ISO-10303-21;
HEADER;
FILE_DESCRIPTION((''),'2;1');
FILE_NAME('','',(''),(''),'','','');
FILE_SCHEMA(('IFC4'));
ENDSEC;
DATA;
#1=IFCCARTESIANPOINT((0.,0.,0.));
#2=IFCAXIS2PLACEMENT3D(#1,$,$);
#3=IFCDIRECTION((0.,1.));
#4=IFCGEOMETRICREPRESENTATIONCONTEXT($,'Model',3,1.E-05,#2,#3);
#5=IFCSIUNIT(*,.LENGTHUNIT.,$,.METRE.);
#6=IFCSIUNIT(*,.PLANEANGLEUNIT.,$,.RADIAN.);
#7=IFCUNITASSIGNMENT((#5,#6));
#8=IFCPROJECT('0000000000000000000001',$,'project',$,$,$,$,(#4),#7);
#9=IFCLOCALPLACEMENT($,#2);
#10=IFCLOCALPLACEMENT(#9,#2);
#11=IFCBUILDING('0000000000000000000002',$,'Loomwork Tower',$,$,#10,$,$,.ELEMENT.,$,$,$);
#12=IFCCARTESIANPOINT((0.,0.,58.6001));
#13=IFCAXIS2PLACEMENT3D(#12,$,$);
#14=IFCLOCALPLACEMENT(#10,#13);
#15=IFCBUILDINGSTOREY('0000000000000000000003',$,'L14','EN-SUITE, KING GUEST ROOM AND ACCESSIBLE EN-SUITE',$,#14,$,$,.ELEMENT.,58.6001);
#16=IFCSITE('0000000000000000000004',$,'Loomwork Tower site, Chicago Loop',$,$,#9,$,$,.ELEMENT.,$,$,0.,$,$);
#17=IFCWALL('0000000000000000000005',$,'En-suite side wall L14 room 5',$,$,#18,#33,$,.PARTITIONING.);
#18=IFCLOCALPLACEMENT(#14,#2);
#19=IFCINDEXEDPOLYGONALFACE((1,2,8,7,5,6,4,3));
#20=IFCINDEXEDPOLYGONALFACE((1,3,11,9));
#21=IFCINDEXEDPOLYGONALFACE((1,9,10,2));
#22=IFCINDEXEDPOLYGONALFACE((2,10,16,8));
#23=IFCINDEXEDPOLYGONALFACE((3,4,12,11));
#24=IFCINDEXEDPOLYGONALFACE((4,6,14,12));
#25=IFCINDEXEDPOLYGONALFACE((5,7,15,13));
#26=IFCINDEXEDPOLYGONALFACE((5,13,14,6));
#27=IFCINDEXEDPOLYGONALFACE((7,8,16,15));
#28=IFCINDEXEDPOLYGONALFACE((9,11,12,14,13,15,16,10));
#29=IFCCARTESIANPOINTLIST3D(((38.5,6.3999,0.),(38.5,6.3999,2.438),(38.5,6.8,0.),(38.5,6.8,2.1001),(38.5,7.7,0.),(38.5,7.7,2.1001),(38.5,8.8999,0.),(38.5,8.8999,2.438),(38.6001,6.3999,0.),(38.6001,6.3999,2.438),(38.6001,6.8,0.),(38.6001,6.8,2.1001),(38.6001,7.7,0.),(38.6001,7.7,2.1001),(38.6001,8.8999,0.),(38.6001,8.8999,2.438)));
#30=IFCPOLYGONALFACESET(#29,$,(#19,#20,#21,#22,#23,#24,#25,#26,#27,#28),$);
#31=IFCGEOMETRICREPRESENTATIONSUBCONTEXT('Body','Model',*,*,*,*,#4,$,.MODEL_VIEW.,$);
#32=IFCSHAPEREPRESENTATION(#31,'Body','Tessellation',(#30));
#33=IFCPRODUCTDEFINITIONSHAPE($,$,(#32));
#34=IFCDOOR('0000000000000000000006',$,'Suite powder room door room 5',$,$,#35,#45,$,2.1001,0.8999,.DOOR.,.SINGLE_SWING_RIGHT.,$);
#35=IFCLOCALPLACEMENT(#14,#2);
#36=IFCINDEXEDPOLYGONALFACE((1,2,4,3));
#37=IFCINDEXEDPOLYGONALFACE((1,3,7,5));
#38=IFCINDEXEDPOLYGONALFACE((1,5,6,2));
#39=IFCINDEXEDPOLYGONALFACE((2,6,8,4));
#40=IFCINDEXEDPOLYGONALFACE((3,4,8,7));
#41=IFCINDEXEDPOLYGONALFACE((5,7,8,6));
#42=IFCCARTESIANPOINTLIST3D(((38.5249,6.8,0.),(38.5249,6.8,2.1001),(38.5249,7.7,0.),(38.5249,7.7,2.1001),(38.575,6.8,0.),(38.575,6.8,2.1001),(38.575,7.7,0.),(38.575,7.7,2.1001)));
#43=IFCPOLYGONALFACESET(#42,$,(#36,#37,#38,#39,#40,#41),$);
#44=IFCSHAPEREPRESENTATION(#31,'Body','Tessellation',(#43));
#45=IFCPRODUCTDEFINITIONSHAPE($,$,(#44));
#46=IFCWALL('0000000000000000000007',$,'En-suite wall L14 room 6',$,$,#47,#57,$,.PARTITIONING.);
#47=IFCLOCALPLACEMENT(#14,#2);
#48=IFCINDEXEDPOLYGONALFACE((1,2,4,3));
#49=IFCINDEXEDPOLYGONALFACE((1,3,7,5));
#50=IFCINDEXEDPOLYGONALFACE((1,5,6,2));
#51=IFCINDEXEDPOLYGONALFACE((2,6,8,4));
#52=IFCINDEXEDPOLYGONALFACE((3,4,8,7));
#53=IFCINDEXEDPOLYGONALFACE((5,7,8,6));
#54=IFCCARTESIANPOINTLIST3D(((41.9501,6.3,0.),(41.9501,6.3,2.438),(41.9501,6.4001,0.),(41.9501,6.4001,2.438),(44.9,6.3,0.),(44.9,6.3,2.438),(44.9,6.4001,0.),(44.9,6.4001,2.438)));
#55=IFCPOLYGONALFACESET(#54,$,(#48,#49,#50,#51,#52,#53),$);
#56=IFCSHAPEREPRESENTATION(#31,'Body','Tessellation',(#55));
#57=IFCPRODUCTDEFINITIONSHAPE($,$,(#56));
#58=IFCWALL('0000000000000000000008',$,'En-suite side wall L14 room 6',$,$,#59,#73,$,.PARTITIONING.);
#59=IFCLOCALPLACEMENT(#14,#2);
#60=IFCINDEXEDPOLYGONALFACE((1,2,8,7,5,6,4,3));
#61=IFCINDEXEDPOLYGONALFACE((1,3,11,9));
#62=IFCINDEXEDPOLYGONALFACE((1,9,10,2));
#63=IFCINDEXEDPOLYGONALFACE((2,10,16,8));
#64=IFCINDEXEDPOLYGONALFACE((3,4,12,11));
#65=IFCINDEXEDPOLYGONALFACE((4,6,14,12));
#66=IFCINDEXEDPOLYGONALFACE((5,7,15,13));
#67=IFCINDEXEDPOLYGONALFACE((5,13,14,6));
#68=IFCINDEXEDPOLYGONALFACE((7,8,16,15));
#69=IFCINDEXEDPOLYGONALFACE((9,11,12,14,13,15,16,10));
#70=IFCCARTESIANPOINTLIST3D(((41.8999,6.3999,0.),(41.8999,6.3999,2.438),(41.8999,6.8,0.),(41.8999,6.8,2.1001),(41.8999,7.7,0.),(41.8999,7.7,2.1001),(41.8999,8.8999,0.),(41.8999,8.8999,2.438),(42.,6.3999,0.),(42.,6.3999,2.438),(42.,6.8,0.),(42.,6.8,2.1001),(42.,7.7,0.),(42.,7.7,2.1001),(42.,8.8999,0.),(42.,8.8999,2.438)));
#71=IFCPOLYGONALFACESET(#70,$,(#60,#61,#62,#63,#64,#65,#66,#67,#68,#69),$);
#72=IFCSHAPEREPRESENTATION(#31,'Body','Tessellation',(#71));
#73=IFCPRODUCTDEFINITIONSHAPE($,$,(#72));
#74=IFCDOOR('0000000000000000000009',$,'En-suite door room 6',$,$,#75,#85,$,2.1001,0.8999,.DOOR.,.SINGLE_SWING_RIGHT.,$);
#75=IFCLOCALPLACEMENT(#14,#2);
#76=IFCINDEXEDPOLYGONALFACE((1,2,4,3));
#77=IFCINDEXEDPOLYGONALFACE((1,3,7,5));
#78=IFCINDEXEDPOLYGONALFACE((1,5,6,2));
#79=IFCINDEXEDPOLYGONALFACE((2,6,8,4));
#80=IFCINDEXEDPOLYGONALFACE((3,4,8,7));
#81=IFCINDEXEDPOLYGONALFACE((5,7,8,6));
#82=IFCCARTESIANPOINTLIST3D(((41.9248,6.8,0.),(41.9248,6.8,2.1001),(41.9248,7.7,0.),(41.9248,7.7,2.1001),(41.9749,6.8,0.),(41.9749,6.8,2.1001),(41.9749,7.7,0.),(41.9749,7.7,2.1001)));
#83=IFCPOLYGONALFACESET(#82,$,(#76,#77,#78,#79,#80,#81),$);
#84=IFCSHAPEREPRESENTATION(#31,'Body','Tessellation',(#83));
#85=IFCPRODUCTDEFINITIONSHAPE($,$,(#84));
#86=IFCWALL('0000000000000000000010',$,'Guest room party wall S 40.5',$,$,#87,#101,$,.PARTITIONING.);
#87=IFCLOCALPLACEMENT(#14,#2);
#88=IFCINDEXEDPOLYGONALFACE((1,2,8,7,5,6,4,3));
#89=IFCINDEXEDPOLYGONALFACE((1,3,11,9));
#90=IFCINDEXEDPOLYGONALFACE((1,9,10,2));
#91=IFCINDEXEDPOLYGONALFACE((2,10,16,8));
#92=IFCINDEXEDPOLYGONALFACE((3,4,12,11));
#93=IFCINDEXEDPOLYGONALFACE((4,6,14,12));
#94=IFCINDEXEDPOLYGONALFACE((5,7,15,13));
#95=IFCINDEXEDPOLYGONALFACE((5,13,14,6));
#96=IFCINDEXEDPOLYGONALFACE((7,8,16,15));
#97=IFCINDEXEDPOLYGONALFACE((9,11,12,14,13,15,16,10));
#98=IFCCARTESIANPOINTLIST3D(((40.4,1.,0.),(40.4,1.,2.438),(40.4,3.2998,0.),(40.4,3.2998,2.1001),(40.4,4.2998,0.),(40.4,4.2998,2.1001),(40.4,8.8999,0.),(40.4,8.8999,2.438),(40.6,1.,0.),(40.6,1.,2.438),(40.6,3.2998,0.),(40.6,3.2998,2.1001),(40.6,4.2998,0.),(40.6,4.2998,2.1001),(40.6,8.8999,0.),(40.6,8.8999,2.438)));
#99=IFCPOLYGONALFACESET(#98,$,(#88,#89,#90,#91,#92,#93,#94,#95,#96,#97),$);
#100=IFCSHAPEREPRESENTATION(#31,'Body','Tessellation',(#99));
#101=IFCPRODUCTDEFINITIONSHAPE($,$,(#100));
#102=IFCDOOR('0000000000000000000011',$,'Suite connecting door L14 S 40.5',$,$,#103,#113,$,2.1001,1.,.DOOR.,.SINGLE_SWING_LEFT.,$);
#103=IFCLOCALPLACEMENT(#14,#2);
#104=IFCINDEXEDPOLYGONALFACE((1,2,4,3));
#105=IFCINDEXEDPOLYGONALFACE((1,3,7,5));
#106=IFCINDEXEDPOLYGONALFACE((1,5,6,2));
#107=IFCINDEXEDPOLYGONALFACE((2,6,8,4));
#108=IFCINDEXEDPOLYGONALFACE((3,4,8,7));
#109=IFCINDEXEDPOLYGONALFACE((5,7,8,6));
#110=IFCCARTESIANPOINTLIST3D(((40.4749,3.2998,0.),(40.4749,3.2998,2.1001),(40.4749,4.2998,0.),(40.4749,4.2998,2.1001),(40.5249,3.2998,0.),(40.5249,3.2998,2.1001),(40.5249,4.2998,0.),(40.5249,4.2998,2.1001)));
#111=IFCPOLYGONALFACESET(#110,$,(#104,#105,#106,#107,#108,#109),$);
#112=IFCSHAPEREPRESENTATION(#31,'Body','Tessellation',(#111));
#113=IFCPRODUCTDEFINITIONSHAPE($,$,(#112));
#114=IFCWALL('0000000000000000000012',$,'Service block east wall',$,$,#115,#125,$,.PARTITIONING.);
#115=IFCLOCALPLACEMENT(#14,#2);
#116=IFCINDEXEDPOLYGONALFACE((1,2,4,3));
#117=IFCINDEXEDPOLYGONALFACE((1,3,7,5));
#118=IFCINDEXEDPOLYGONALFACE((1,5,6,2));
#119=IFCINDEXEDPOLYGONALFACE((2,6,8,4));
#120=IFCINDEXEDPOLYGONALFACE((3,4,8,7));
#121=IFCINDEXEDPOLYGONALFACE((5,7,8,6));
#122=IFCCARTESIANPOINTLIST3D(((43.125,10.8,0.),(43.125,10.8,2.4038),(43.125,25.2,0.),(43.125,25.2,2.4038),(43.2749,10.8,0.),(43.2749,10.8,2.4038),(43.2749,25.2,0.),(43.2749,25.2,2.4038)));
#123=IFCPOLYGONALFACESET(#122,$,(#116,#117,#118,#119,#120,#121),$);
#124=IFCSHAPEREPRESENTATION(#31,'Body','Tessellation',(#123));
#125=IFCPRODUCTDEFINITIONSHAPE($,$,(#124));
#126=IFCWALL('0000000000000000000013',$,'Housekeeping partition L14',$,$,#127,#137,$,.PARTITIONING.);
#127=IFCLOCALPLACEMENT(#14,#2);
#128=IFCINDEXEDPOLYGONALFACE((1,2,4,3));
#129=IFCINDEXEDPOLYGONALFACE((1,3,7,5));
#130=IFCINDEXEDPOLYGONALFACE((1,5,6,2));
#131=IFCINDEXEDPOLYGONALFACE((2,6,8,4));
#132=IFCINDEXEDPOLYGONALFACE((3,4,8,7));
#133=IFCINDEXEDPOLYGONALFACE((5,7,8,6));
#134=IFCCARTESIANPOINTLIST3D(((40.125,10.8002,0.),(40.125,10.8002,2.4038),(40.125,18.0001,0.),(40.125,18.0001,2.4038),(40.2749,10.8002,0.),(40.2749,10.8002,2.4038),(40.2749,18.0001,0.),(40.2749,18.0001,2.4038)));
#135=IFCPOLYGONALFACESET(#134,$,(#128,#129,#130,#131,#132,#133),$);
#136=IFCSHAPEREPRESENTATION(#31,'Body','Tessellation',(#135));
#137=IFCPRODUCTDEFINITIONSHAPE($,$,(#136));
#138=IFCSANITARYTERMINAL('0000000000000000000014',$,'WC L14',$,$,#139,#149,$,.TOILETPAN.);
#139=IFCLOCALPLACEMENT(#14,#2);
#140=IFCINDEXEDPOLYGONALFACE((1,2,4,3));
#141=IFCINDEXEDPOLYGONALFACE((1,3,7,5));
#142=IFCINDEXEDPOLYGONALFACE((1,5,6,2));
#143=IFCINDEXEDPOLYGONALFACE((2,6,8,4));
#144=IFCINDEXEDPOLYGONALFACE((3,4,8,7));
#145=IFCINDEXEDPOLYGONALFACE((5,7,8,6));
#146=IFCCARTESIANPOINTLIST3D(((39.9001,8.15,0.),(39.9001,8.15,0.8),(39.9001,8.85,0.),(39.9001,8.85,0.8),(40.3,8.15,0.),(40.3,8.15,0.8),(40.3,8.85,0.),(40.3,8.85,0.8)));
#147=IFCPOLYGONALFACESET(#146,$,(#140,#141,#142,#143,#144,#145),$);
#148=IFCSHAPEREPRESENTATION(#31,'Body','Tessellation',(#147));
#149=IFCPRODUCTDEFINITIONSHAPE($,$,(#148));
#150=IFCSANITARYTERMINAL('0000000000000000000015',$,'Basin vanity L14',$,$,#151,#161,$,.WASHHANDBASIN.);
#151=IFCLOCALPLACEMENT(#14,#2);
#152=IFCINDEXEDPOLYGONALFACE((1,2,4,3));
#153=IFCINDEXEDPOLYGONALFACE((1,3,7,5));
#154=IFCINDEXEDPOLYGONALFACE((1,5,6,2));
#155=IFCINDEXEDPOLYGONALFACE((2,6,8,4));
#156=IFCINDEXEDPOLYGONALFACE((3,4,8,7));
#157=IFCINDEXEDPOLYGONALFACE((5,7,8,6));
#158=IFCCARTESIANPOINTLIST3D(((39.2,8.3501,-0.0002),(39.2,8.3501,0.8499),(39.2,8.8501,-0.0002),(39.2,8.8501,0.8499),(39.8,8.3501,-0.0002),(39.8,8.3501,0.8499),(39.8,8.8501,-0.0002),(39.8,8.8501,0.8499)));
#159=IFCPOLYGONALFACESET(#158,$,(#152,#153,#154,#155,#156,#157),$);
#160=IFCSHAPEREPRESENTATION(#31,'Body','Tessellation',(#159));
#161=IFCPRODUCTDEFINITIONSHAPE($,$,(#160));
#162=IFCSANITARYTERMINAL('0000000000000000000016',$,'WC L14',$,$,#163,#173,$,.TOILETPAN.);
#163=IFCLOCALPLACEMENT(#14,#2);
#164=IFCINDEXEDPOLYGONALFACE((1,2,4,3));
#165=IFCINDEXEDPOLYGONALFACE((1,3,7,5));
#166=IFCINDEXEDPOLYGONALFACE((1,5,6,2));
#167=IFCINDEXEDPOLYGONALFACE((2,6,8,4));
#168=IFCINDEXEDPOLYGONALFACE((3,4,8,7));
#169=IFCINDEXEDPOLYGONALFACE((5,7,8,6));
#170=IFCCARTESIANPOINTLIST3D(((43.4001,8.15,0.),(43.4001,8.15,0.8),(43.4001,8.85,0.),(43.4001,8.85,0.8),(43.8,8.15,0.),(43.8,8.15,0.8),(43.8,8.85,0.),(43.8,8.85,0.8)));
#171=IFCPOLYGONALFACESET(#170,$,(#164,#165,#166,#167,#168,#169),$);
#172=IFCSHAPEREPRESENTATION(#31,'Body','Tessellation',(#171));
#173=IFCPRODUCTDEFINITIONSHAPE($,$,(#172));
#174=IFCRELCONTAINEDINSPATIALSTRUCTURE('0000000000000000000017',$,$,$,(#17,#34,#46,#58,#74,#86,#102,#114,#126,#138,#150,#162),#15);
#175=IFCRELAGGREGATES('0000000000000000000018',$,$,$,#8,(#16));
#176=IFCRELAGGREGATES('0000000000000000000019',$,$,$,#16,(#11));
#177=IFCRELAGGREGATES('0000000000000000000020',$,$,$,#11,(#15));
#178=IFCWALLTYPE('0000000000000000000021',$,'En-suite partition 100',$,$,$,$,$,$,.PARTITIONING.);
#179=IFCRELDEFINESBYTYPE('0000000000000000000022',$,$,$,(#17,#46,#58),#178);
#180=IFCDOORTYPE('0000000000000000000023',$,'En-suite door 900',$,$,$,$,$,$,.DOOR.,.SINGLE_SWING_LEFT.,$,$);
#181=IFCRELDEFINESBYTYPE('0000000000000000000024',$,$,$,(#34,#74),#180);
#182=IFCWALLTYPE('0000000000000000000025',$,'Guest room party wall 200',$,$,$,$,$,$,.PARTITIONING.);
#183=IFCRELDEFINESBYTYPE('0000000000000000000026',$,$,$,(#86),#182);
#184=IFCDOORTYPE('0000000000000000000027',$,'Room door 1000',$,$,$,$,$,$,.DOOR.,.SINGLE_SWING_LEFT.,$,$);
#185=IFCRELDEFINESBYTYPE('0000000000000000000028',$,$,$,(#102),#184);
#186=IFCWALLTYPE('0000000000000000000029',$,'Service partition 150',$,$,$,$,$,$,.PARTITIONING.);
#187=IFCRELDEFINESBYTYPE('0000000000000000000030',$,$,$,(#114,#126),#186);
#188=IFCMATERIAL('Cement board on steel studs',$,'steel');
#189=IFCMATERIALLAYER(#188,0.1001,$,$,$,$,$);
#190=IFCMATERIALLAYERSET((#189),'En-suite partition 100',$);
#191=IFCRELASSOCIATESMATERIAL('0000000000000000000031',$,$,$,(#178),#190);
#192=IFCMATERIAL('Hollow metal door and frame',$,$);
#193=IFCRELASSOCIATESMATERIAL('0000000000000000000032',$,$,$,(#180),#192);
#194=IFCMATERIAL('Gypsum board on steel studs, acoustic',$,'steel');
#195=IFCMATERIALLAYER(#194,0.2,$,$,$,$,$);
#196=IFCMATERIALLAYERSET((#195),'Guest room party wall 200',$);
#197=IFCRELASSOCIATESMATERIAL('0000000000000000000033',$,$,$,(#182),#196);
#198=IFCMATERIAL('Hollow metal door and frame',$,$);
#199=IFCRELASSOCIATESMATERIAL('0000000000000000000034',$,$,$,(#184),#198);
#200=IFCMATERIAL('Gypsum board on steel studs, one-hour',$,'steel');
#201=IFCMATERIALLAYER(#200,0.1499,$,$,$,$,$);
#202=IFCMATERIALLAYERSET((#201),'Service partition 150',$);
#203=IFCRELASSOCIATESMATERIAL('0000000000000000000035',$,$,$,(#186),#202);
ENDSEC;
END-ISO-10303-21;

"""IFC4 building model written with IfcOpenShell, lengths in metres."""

from ifc_helpers import new_model, si_unit, direction, frame, frame_2d, origin, origin_2d, place, context, subcontext, project, spatial, rectangle, extrude, material, layer, layer_set, type_object, element, fill, save


model = new_model("IFC4")

# Units and contexts
model_context = context("Model", 3, precision=1e-05, world=origin(), true_north=direction((0.0, 1.0)))
body_context = subcontext(model_context, "Body", "Model", "MODEL_VIEW")
ifc_project = project(units=[si_unit("LENGTHUNIT", "METRE"), si_unit("PLANEANGLEUNIT", "RADIAN")], contexts=[model_context])

# Site, building, storey
site_placement = place(None, origin())
site = spatial("IfcSite", under=ifc_project, at=site_placement, Name="Loomwork Tower site, Chicago Loop", CompositionType="ELEMENT", RefElevation=0.0)
building_placement = place(site_placement, origin())
building = spatial("IfcBuilding", under=site, at=building_placement, Name="Loomwork Tower", CompositionType="ELEMENT")
storey_placement = place(building_placement, frame((0.0, 0.0, 58.6001)))
storey = spatial("IfcBuildingStorey", under=building, at=storey_placement, Name="L14", Description="EN-SUITE, KING GUEST ROOM AND ACCESSIBLE EN-SUITE", CompositionType="ELEMENT", Elevation=58.6001)

# Shared definitions
ifc_material_1 = material(Name="Cement board on steel studs", Category="steel")
ifc_layer_1 = layer(ifc_material_1, 0.1001)
ifc_layer_set_1 = layer_set([ifc_layer_1], Name="En-suite partition 100")
wall_type_1 = type_object("IfcWallType", Name="En-suite partition 100", PredefinedType="PARTITIONING", material=ifc_layer_set_1)

# Wall, opening, door
wall_1_placement = place(storey_placement, frame((38.55, 8.8999, 0.0), z_axis=(0.0, 0.0, 1.0), x_axis=(0.0, -1.0, 0.0)))
wall_1 = element("IfcWall", 1, at=wall_1_placement, inside=storey, type_object=wall_type_1, Name="En-suite side wall L14 room 5", PredefinedType="PARTITIONING", context=body_context, shape_type="SweptSolid", body=[
    extrude(rectangle(XDim=2.5, YDim=0.1001, at=frame_2d((1.25, 0.0))), origin(), (0.0, 0.0, 1.0), 2.438),
])
opening_1_placement = place(wall_1_placement, frame((1.2, 0.0, 0.0)))
opening_1 = element("IfcOpeningElement", 2, at=opening_1_placement, cuts=wall_1, PredefinedType="OPENING", context=body_context, shape_type="SweptSolid", body=[
    extrude(rectangle(XDim=0.8999, YDim=2.1001, at=frame_2d((0.45, 1.05))), frame((0.0, 0.0601, 0.0), z_axis=(0.0, -1.0, 0.0), x_axis=(1.0, 0.0, 0.0)), (0.0, 0.0, 1.0), 0.1201),
])
ifc_material_2 = material(Name="Hollow metal door and frame")
door_type_1 = type_object("IfcDoorType", Name="En-suite door 900", OperationType="SINGLE_SWING_LEFT", PredefinedType="DOOR", material=ifc_material_2)
door_1_placement = place(opening_1_placement, origin())
door_1 = element("IfcDoor", 3, at=door_1_placement, inside=storey, type_object=door_type_1, Name="Suite powder room door room 5", OperationType="SINGLE_SWING_RIGHT", OverallHeight=2.1001, OverallWidth=0.8999, PredefinedType="DOOR", context=body_context, shape_type="SweptSolid", body=[
    extrude(rectangle(XDim=0.8999, YDim=2.1001, at=frame_2d((0.45, 1.05))), frame((0.0, 0.0249, 0.0), z_axis=(0.0, -1.0, 0.0), x_axis=(1.0, 0.0, 0.0)), (0.0, 0.0, 1.0), 0.05),
])
fill(opening_1, door_1)

# Wall
wall_2_placement = place(storey_placement, frame((41.95, 6.3501, 0.0), z_axis=(0.0, 0.0, 1.0), x_axis=(1.0, 0.0, 0.0)))
element("IfcWall", 4, at=wall_2_placement, inside=storey, type_object=wall_type_1, Name="En-suite wall L14 room 6", PredefinedType="PARTITIONING", context=body_context, shape_type="SweptSolid", body=[
    extrude(rectangle(XDim=2.95, YDim=0.1001, at=frame_2d((1.4751, 0.0))), origin(), (0.0, 0.0, 1.0), 2.438),
])

# Walls, openings, doors
wall_3_placement = place(storey_placement, frame((41.95, 8.8999, 0.0), z_axis=(0.0, 0.0, 1.0), x_axis=(0.0, -1.0, 0.0)))
wall_3 = element("IfcWall", 5, at=wall_3_placement, inside=storey, type_object=wall_type_1, Name="En-suite side wall L14 room 6", PredefinedType="PARTITIONING", context=body_context, shape_type="SweptSolid", body=[
    extrude(rectangle(XDim=2.5, YDim=0.1001, at=frame_2d((1.25, 0.0))), origin(), (0.0, 0.0, 1.0), 2.438),
])
opening_2_placement = place(wall_3_placement, frame((1.2, 0.0, 0.0)))
opening_2 = element("IfcOpeningElement", 6, at=opening_2_placement, cuts=wall_3, PredefinedType="OPENING", context=body_context, shape_type="SweptSolid", body=[
    extrude(rectangle(XDim=0.8999, YDim=2.1001, at=frame_2d((0.45, 1.05))), frame((0.0, 0.0601, 0.0), z_axis=(0.0, -1.0, 0.0), x_axis=(1.0, 0.0, 0.0)), (0.0, 0.0, 1.0), 0.1201),
])
door_2_placement = place(opening_2_placement, origin())
door_2 = element("IfcDoor", 7, at=door_2_placement, inside=storey, type_object=door_type_1, Name="En-suite door room 6", OperationType="SINGLE_SWING_RIGHT", OverallHeight=2.1001, OverallWidth=0.8999, PredefinedType="DOOR", context=body_context, shape_type="SweptSolid", body=[
    extrude(rectangle(XDim=0.8999, YDim=2.1001, at=frame_2d((0.45, 1.05))), frame((0.0, 0.0249, 0.0), z_axis=(0.0, -1.0, 0.0), x_axis=(1.0, 0.0, 0.0)), (0.0, 0.0, 1.0), 0.05),
])
fill(opening_2, door_2)
ifc_material_3 = material(Name="Gypsum board on steel studs, acoustic", Category="steel")
ifc_layer_2 = layer(ifc_material_3, 0.2)
ifc_layer_set_2 = layer_set([ifc_layer_2], Name="Guest room party wall 200")
wall_type_2 = type_object("IfcWallType", Name="Guest room party wall 200", PredefinedType="PARTITIONING", material=ifc_layer_set_2)
wall_4_placement = place(storey_placement, frame((40.5, 8.8999, 0.0), z_axis=(0.0, 0.0, 1.0), x_axis=(0.0, -1.0, 0.0)))
wall_4 = element("IfcWall", 8, at=wall_4_placement, inside=storey, type_object=wall_type_2, Name="Guest room party wall S 40.5", PredefinedType="PARTITIONING", context=body_context, shape_type="SweptSolid", body=[
    extrude(rectangle(XDim=7.8999, YDim=0.2, at=frame_2d((3.95, 0.0))), origin(), (0.0, 0.0, 1.0), 2.438),
])
opening_3_placement = place(wall_4_placement, frame((4.6001, 0.0, 0.0)))
opening_3 = element("IfcOpeningElement", 9, at=opening_3_placement, cuts=wall_4, PredefinedType="OPENING", context=body_context, shape_type="SweptSolid", body=[
    extrude(rectangle(XDim=1.0, YDim=2.1001, at=frame_2d((0.5, 1.05))), frame((0.0, 0.1099, 0.0), z_axis=(0.0, -1.0, 0.0), x_axis=(1.0, 0.0, 0.0)), (0.0, 0.0, 1.0), 0.22),
])
ifc_material_4 = material(Name="Hollow metal door and frame")
door_type_2 = type_object("IfcDoorType", Name="Room door 1000", OperationType="SINGLE_SWING_LEFT", PredefinedType="DOOR", material=ifc_material_4)
door_3_placement = place(opening_3_placement, origin())
door_3 = element("IfcDoor", 10, at=door_3_placement, inside=storey, type_object=door_type_2, Name="Suite connecting door L14 S 40.5", OperationType="SINGLE_SWING_LEFT", OverallHeight=2.1001, OverallWidth=1.0, PredefinedType="DOOR", context=body_context, shape_type="SweptSolid", body=[
    extrude(rectangle(XDim=1.0, YDim=2.1001, at=frame_2d((0.5, 1.05))), frame((0.0, 0.0249, 0.0), z_axis=(0.0, -1.0, 0.0), x_axis=(1.0, 0.0, 0.0)), (0.0, 0.0, 1.0), 0.05),
])
fill(opening_3, door_3)

# Walls
ifc_material_5 = material(Name="Gypsum board on steel studs, one-hour", Category="steel")
ifc_layer_3 = layer(ifc_material_5, 0.1499)
ifc_layer_set_3 = layer_set([ifc_layer_3], Name="Service partition 150")
wall_type_3 = type_object("IfcWallType", Name="Service partition 150", PredefinedType="PARTITIONING", material=ifc_layer_set_3)
wall_5_placement = place(storey_placement, frame((43.2, 10.8, 0.0), z_axis=(0.0, 0.0, 1.0), x_axis=(0.0, 1.0, 0.0)))
element("IfcWall", 11, at=wall_5_placement, inside=storey, type_object=wall_type_3, Name="Service block east wall", PredefinedType="PARTITIONING", context=body_context, shape_type="SweptSolid", body=[
    extrude(rectangle(XDim=14.3999, YDim=0.1499, at=frame_2d((7.2, 0.0))), origin(), (0.0, 0.0, 1.0), 2.4038),
])
wall_6_placement = place(storey_placement, frame((40.2, 10.8, 0.0), z_axis=(0.0, 0.0, 1.0), x_axis=(0.0, 1.0, 0.0)))
element("IfcWall", 12, at=wall_6_placement, inside=storey, type_object=wall_type_3, Name="Housekeeping partition L14", PredefinedType="PARTITIONING", context=body_context, shape_type="SweptSolid", body=[
    extrude(rectangle(XDim=7.2, YDim=0.1499, at=frame_2d((3.6001, 0.0))), origin(), (0.0, 0.0, 1.0), 2.4038),
])

# Sanitary terminals
sanitary_terminal_1_placement = place(storey_placement, frame((40.1001, 8.5, 0.0), z_axis=(0.0, 0.0, 1.0), x_axis=(1.0, 0.0, 0.0)))
element("IfcSanitaryTerminal", 13, at=sanitary_terminal_1_placement, inside=storey, Name="WC L14", PredefinedType="TOILETPAN", context=body_context, shape_type="SweptSolid", body=[
    extrude(rectangle(XDim=0.3999, YDim=0.7, at=origin_2d()), origin(), (0.0, 0.0, 1.0), 0.8),
])
sanitary_terminal_2_placement = place(storey_placement, frame((39.5, 8.6001, -0.0002), z_axis=(0.0, 0.0, 1.0), x_axis=(1.0, 0.0, 0.0)))
element("IfcSanitaryTerminal", 14, at=sanitary_terminal_2_placement, inside=storey, Name="Basin vanity L14", PredefinedType="WASHHANDBASIN", context=body_context, shape_type="SweptSolid", body=[
    extrude(rectangle(XDim=0.6001, YDim=0.5, at=origin_2d()), origin(), (0.0, 0.0, 1.0), 0.8501),
])
sanitary_terminal_3_placement = place(storey_placement, frame((43.6001, 8.5, 0.0), z_axis=(0.0, 0.0, 1.0), x_axis=(1.0, 0.0, 0.0)))
element("IfcSanitaryTerminal", 15, at=sanitary_terminal_3_placement, inside=storey, Name="WC L14", PredefinedType="TOILETPAN", context=body_context, shape_type="SweptSolid", body=[
    extrude(rectangle(XDim=0.3999, YDim=0.7, at=origin_2d()), origin(), (0.0, 0.0, 1.0), 0.8),
])

save(model, "model.ifc")
